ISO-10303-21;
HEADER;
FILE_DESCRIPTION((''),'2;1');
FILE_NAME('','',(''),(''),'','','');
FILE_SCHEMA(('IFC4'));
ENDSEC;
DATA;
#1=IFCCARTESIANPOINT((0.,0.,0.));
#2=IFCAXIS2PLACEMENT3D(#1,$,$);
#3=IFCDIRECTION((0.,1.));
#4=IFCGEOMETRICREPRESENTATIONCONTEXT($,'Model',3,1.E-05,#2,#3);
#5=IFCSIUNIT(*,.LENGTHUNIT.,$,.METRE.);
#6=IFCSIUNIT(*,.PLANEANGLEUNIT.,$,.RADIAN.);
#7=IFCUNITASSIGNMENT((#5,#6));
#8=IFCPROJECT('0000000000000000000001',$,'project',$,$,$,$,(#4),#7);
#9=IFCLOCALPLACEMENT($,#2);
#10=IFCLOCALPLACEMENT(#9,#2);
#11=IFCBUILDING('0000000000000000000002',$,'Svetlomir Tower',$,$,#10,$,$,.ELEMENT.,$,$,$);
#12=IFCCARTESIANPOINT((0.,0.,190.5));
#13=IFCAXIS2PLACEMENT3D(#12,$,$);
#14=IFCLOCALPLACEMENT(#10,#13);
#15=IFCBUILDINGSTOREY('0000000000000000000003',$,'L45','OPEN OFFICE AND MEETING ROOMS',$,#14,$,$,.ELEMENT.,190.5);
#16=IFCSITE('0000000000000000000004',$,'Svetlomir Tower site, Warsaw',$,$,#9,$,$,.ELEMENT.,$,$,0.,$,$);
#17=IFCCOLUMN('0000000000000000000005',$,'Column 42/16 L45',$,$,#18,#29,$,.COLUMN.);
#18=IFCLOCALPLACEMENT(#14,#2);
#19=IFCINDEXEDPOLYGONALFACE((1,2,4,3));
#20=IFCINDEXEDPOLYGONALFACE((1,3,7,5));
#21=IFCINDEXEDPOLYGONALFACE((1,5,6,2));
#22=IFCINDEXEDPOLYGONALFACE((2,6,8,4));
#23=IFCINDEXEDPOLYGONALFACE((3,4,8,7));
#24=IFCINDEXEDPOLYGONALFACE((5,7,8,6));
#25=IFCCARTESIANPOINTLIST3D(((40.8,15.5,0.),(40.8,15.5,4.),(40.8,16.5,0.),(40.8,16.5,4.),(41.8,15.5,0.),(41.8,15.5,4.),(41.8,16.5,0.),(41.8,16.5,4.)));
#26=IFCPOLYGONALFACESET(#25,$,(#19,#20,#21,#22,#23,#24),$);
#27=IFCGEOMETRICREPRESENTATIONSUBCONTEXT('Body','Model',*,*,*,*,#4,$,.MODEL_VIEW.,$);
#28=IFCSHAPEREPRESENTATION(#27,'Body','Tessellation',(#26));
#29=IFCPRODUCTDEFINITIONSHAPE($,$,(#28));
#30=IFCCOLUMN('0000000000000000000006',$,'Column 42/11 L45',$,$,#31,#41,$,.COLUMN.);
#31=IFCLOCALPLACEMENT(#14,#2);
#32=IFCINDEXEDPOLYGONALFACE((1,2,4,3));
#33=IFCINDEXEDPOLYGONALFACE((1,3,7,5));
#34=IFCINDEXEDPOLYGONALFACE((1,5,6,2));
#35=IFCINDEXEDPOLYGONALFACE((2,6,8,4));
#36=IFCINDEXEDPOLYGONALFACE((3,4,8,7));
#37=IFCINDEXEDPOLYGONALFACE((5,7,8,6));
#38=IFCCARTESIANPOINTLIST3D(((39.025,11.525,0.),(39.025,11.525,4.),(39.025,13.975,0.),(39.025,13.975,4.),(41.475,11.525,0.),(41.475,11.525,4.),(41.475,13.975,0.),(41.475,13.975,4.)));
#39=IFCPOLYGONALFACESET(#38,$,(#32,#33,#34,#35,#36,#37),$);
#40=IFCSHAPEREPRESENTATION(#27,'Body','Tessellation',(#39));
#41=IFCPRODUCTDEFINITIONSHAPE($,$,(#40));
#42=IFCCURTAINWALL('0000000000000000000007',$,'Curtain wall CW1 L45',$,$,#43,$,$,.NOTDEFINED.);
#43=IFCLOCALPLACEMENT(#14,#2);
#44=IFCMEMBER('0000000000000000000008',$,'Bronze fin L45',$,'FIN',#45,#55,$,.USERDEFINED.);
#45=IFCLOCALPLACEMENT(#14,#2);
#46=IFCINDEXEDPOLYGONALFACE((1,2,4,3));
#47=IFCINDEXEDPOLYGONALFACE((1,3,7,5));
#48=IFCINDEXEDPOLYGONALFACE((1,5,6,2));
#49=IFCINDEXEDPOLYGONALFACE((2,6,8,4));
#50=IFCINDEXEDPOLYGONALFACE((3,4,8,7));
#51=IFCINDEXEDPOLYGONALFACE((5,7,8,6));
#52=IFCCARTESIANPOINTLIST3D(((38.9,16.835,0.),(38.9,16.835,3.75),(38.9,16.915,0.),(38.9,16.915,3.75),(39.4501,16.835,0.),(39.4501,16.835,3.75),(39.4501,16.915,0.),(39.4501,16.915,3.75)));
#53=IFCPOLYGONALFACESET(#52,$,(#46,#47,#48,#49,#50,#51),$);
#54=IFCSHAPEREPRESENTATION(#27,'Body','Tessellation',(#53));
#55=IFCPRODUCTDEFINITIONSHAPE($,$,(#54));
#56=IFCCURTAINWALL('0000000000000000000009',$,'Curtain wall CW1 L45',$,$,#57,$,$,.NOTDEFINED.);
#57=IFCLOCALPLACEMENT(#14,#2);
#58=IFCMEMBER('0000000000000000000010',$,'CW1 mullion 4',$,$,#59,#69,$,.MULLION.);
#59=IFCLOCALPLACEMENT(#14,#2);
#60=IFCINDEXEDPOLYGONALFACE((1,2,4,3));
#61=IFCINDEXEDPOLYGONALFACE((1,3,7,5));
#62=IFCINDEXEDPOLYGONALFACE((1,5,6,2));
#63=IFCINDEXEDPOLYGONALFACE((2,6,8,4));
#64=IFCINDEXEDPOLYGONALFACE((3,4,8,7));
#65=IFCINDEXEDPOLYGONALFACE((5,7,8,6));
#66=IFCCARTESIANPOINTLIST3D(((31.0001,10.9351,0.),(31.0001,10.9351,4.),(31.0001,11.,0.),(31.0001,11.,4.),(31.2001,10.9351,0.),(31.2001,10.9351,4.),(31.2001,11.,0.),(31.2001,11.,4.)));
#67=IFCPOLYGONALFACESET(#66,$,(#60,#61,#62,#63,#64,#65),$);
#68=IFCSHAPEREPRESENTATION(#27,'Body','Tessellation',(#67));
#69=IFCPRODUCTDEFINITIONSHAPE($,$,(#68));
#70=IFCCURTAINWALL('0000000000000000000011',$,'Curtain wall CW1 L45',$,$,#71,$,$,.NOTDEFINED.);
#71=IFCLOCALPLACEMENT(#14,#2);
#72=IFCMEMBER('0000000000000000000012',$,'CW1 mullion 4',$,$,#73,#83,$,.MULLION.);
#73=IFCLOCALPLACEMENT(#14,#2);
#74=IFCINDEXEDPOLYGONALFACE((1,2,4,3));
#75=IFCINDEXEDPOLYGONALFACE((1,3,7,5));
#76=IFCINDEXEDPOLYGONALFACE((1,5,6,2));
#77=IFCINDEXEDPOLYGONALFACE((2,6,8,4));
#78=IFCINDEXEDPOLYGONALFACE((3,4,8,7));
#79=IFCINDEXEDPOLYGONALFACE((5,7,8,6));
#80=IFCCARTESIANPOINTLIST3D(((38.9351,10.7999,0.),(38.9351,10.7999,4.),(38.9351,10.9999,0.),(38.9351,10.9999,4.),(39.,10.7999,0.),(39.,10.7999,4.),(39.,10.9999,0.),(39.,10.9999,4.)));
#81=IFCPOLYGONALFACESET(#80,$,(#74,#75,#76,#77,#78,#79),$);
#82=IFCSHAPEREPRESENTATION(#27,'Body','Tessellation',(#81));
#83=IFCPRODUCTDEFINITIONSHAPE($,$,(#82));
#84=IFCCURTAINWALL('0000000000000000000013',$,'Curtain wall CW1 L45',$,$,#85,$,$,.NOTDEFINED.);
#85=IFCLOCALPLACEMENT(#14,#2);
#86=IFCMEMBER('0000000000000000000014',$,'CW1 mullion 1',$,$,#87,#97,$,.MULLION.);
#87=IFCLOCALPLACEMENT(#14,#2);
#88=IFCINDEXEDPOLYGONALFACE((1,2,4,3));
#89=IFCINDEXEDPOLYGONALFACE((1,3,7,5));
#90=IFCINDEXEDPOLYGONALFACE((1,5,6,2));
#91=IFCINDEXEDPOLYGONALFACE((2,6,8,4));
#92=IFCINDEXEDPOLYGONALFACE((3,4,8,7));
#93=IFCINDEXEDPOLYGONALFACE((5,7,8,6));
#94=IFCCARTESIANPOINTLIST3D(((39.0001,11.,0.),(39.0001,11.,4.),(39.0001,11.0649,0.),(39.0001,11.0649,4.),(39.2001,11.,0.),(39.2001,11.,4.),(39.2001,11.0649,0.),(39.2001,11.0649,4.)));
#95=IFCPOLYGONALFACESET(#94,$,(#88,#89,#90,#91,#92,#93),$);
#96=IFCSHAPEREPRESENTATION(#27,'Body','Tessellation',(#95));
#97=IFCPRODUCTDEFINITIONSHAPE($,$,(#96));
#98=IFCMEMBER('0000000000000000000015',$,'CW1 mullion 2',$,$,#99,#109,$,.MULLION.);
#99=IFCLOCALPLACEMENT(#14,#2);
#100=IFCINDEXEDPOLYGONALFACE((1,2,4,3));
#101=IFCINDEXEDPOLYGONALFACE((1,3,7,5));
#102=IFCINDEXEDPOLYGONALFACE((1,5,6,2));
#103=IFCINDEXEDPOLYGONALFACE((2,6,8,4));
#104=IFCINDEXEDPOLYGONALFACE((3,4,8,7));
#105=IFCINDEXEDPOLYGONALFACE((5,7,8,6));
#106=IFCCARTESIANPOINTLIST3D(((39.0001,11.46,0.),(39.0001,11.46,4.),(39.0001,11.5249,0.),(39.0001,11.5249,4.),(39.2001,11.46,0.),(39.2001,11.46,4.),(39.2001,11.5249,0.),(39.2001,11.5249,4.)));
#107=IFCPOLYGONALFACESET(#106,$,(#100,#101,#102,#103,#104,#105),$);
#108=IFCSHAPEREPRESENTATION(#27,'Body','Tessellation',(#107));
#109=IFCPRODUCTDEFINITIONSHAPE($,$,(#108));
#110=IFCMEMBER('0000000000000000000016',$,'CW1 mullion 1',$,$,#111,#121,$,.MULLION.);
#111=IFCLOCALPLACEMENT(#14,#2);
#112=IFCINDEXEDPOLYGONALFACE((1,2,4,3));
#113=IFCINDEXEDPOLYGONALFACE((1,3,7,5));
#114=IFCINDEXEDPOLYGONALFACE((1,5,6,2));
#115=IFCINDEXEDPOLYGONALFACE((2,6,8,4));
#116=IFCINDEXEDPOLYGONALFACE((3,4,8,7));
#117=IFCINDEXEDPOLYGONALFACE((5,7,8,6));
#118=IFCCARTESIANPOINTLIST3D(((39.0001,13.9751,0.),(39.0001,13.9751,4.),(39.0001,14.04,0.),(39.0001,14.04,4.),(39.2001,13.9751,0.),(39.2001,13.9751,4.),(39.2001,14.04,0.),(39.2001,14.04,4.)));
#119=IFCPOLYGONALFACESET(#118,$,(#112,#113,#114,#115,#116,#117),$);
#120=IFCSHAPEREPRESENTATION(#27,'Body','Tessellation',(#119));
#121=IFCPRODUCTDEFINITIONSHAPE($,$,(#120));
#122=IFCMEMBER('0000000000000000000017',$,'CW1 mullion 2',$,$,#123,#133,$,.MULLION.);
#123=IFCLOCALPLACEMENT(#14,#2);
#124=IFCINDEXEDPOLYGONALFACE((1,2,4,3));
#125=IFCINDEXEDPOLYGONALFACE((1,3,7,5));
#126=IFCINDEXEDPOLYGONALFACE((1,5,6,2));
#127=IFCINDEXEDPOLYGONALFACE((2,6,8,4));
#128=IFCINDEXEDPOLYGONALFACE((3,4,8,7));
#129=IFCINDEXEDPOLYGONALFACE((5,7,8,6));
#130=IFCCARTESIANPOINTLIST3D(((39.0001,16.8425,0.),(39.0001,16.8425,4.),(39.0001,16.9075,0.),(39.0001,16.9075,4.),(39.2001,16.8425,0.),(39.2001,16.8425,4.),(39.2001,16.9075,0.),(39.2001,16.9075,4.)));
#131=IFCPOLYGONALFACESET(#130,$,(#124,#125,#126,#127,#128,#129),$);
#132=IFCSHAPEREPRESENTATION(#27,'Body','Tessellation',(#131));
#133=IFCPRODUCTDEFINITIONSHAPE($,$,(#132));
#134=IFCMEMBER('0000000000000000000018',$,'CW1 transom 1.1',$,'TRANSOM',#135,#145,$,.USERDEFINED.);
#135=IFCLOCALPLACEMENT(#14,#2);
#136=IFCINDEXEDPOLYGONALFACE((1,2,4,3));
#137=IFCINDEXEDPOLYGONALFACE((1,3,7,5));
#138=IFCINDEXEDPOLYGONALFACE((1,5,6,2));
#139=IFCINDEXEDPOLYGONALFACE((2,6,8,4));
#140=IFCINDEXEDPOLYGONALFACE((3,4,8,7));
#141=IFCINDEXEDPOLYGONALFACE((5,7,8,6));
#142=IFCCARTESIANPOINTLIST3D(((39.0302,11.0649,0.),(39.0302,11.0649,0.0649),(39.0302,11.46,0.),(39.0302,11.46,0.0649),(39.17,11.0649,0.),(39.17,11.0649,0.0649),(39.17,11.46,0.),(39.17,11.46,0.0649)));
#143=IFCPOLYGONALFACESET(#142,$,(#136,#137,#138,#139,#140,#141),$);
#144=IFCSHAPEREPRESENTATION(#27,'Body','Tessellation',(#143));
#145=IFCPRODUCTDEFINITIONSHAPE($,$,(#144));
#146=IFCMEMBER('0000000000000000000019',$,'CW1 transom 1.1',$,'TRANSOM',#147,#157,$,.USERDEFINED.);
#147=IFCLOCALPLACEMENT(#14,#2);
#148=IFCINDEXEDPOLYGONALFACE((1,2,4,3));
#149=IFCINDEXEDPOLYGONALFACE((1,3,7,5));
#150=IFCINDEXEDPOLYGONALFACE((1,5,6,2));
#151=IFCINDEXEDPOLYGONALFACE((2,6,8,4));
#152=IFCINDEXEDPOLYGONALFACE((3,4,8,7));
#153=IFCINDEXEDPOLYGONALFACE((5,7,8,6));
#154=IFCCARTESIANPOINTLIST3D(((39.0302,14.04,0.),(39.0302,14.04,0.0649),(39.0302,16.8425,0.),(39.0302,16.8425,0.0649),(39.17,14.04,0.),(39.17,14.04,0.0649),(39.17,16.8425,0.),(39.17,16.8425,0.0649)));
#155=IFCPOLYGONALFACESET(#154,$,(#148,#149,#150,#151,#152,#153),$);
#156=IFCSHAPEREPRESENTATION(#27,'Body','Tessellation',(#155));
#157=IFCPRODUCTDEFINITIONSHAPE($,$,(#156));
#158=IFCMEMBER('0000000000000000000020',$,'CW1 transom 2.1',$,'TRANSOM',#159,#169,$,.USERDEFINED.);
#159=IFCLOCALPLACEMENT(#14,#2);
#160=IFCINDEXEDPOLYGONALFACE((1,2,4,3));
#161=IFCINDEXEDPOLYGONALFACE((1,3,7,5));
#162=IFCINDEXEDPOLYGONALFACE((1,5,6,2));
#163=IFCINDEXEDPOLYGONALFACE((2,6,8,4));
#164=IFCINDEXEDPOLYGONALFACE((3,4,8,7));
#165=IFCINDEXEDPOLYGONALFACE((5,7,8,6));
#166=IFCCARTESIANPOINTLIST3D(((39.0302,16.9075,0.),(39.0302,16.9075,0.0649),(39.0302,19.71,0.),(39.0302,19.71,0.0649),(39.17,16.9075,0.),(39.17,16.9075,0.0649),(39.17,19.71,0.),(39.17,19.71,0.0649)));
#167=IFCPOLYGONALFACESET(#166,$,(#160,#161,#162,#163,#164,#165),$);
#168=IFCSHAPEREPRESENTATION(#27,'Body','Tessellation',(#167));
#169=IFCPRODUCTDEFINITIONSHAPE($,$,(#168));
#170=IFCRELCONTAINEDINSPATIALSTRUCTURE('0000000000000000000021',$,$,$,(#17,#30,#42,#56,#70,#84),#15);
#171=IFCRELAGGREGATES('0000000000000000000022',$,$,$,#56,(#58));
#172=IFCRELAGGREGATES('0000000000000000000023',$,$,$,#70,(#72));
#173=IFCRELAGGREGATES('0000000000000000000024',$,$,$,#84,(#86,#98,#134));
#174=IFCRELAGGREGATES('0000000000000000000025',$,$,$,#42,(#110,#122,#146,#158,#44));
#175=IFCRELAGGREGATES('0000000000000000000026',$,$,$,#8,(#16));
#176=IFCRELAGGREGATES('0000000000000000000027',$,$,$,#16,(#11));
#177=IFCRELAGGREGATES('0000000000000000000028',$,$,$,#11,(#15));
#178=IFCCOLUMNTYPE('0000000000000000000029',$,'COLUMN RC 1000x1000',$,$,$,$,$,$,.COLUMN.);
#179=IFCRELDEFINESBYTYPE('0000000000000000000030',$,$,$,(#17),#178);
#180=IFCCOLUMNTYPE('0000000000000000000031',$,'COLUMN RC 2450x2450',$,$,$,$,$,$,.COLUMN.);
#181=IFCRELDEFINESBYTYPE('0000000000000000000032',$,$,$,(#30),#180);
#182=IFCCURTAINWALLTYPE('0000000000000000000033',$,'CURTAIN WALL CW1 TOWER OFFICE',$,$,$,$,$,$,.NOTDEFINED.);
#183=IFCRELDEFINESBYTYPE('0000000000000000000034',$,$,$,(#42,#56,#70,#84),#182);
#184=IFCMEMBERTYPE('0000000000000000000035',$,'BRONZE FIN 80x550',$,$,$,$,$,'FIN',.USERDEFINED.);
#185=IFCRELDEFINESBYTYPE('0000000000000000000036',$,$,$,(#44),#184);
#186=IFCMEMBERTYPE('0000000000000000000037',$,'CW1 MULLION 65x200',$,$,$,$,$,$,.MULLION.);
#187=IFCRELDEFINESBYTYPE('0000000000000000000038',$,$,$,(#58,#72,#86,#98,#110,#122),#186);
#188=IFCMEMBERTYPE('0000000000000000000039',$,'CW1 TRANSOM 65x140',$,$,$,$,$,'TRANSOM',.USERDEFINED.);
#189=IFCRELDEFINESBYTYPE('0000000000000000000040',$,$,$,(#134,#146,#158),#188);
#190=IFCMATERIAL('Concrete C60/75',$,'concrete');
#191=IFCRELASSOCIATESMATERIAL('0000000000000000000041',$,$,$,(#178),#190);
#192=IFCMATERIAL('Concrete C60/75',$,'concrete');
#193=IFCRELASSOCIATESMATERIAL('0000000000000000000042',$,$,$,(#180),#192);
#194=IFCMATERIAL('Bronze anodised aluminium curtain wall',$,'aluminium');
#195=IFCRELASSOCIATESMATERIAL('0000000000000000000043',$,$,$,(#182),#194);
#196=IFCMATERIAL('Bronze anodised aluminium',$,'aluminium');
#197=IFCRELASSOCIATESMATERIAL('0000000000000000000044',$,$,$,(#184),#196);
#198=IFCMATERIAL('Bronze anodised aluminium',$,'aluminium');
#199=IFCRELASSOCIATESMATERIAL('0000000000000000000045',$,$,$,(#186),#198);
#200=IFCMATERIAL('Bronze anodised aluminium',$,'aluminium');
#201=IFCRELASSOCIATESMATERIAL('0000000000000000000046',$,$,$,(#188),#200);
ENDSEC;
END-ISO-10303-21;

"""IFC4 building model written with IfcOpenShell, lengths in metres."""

from ifc_helpers import new_model, si_unit, direction, frame, origin, origin_2d, place, context, subcontext, project, spatial, rectangle, extrude, material, material_profile, profile_set, type_object, element, aggregate, save


model = new_model("IFC4")

# Units and contexts
model_context = context("Model", 3, precision=1e-05, world=origin(), true_north=direction((0.0, 1.0)))
body_context = subcontext(model_context, "Body", "Model", "MODEL_VIEW")
ifc_project = project(units=[si_unit("LENGTHUNIT", "METRE"), si_unit("PLANEANGLEUNIT", "RADIAN")], contexts=[model_context])

# Site, building, storey
site_placement = place(None, origin())
site = spatial("IfcSite", under=ifc_project, at=site_placement, Name="Svetlomir Tower site, Warsaw", CompositionType="ELEMENT", RefElevation=0.0)
building_placement = place(site_placement, origin())
building = spatial("IfcBuilding", under=site, at=building_placement, Name="Svetlomir Tower", CompositionType="ELEMENT")
storey_placement = place(building_placement, frame((0.0, 0.0, 190.5)))
storey = spatial("IfcBuildingStorey", under=building, at=storey_placement, Name="L45", Description="OPEN OFFICE AND MEETING ROOMS", CompositionType="ELEMENT", Elevation=190.5)

# Columns
ifc_material_1 = material(Name="Concrete C60/75", Category="concrete")
ifc_material_profile_1 = material_profile(ifc_material_1, rectangle(XDim=1.0, YDim=1.0, at=origin_2d()), Name="RC 1000x1000")
ifc_profile_set_1 = profile_set([ifc_material_profile_1], Name="Concrete C60/75")
column_type_1 = type_object("IfcColumnType", Name="COLUMN RC 1000x1000", PredefinedType="COLUMN", material=ifc_profile_set_1)
column_1_placement = place(storey_placement, frame((41.3, 16.0, 0.0), z_axis=(0.0, 0.0, 1.0), x_axis=(1.0, 0.0, 0.0)))
element("IfcColumn", 1, at=column_1_placement, inside=storey, type_object=column_type_1, Name="Column 42/16 L45", PredefinedType="COLUMN", context=body_context, shape_type="SweptSolid", body=[
    extrude(rectangle(XDim=1.0, YDim=1.0, at=origin_2d()), origin(), (0.0, 0.0, 1.0), 4.0),
])
ifc_material_2 = material(Name="Concrete C60/75", Category="concrete")
ifc_material_profile_2 = material_profile(ifc_material_2, rectangle(XDim=2.45, YDim=2.45, at=origin_2d()), Name="RC 2450x2450")
ifc_profile_set_2 = profile_set([ifc_material_profile_2], Name="Concrete C60/75")
column_type_2 = type_object("IfcColumnType", Name="COLUMN RC 2450x2450", PredefinedType="COLUMN", material=ifc_profile_set_2)
column_2_placement = place(storey_placement, frame((40.25, 12.75, 0.0), z_axis=(0.0, 0.0, 1.0), x_axis=(1.0, 0.0, 0.0)))
element("IfcColumn", 2, at=column_2_placement, inside=storey, type_object=column_type_2, Name="Column 42/11 L45", PredefinedType="COLUMN", context=body_context, shape_type="SweptSolid", body=[
    extrude(rectangle(XDim=2.45, YDim=2.45, at=origin_2d()), origin(), (0.0, 0.0, 1.0), 4.0),
])

# Curtain walls, members
ifc_material_3 = material(Name="Bronze anodised aluminium curtain wall", Category="aluminium")
curtain_wall_type = type_object("IfcCurtainWallType", Name="CURTAIN WALL CW1 TOWER OFFICE", PredefinedType="NOTDEFINED", material=ifc_material_3)
curtain_wall_1_placement = place(storey_placement, origin())
curtain_wall_1 = element("IfcCurtainWall", 3, at=curtain_wall_1_placement, inside=storey, type_object=curtain_wall_type, Name="Curtain wall CW1 L45", PredefinedType="NOTDEFINED")
ifc_material_4 = material(Name="Bronze anodised aluminium", Category="aluminium")
ifc_material_profile_3 = material_profile(ifc_material_4, rectangle(XDim=0.0801, YDim=0.55, at=origin_2d()), Name="FIN 80x550")
ifc_profile_set_3 = profile_set([ifc_material_profile_3], Name="Bronze anodised aluminium 6063-T6")
member_type_1 = type_object("IfcMemberType", Name="BRONZE FIN 80x550", ElementType="FIN", PredefinedType="USERDEFINED", material=ifc_profile_set_3)
member_1_placement = place(storey_placement, frame((39.175, 16.875, 0.0), z_axis=(0.0, 0.0, 1.0), x_axis=(0.0, 1.0, 0.0)))
member_1 = element("IfcMember", 4, at=member_1_placement, type_object=member_type_1, Name="Bronze fin L45", ObjectType="FIN", PredefinedType="USERDEFINED", context=body_context, shape_type="SweptSolid", body=[
    extrude(rectangle(XDim=0.0801, YDim=0.55, at=origin_2d()), origin(), (0.0, 0.0, 1.0), 3.75),
])
curtain_wall_2_placement = place(storey_placement, origin())
curtain_wall_2 = element("IfcCurtainWall", 5, at=curtain_wall_2_placement, inside=storey, type_object=curtain_wall_type, Name="Curtain wall CW1 L45", PredefinedType="NOTDEFINED")
ifc_material_5 = material(Name="Bronze anodised aluminium", Category="aluminium")
ifc_material_profile_4 = material_profile(ifc_material_5, rectangle(XDim=0.0649, YDim=0.2, at=origin_2d()), Name="AL 65x200")
ifc_profile_set_4 = profile_set([ifc_material_profile_4], Name="Bronze anodised aluminium 6063-T6")
member_type_2 = type_object("IfcMemberType", Name="CW1 MULLION 65x200", PredefinedType="MULLION", material=ifc_profile_set_4)
member_2_placement = place(storey_placement, frame((31.1001, 10.9675, 0.0), z_axis=(0.0, 0.0, 1.0), x_axis=(0.0, 1.0, 0.0)))
member_2 = element("IfcMember", 6, at=member_2_placement, type_object=member_type_2, Name="CW1 mullion 4", PredefinedType="MULLION", context=body_context, shape_type="SweptSolid", body=[
    extrude(rectangle(XDim=0.0649, YDim=0.2, at=origin_2d()), origin(), (0.0, 0.0, 1.0), 4.0),
])
aggregate(curtain_wall_2, [member_2])
curtain_wall_3_placement = place(storey_placement, origin())
curtain_wall_3 = element("IfcCurtainWall", 7, at=curtain_wall_3_placement, inside=storey, type_object=curtain_wall_type, Name="Curtain wall CW1 L45", PredefinedType="NOTDEFINED")
member_3_placement = place(storey_placement, frame((38.9675, 10.8999, 0.0), z_axis=(0.0, 0.0, 1.0), x_axis=(1.0, 0.0, 0.0)))
member_3 = element("IfcMember", 8, at=member_3_placement, type_object=member_type_2, Name="CW1 mullion 4", PredefinedType="MULLION", context=body_context, shape_type="SweptSolid", body=[
    extrude(rectangle(XDim=0.0649, YDim=0.2, at=origin_2d()), origin(), (0.0, 0.0, 1.0), 4.0),
])
aggregate(curtain_wall_3, [member_3])

# Curtain wall, members
curtain_wall_4_placement = place(storey_placement, origin())
curtain_wall_4 = element("IfcCurtainWall", 9, at=curtain_wall_4_placement, inside=storey, type_object=curtain_wall_type, Name="Curtain wall CW1 L45", PredefinedType="NOTDEFINED")
member_4_placement = place(storey_placement, frame((39.1001, 11.0325, 0.0), z_axis=(0.0, 0.0, 1.0), x_axis=(0.0, 1.0, 0.0)))
member_4 = element("IfcMember", 10, at=member_4_placement, type_object=member_type_2, Name="CW1 mullion 1", PredefinedType="MULLION", context=body_context, shape_type="SweptSolid", body=[
    extrude(rectangle(XDim=0.0649, YDim=0.2, at=origin_2d()), origin(), (0.0, 0.0, 1.0), 4.0),
])
member_5_placement = place(storey_placement, frame((39.1001, 11.4924, 0.0), z_axis=(0.0, 0.0, 1.0), x_axis=(0.0, 1.0, 0.0)))
member_5 = element("IfcMember", 11, at=member_5_placement, type_object=member_type_2, Name="CW1 mullion 2", PredefinedType="MULLION", context=body_context, shape_type="SweptSolid", body=[
    extrude(rectangle(XDim=0.0649, YDim=0.2, at=origin_2d()), origin(), (0.0, 0.0, 1.0), 4.0),
])

# Members
member_6_placement = place(storey_placement, frame((39.1001, 14.0076, 0.0), z_axis=(0.0, 0.0, 1.0), x_axis=(0.0, 1.0, 0.0)))
member_6 = element("IfcMember", 12, at=member_6_placement, type_object=member_type_2, Name="CW1 mullion 1", PredefinedType="MULLION", context=body_context, shape_type="SweptSolid", body=[
    extrude(rectangle(XDim=0.0649, YDim=0.2, at=origin_2d()), origin(), (0.0, 0.0, 1.0), 4.0),
])
member_7_placement = place(storey_placement, frame((39.1001, 16.875, 0.0), z_axis=(0.0, 0.0, 1.0), x_axis=(0.0, 1.0, 0.0)))
member_7 = element("IfcMember", 13, at=member_7_placement, type_object=member_type_2, Name="CW1 mullion 2", PredefinedType="MULLION", context=body_context, shape_type="SweptSolid", body=[
    extrude(rectangle(XDim=0.0649, YDim=0.2, at=origin_2d()), origin(), (0.0, 0.0, 1.0), 4.0),
])
ifc_material_6 = material(Name="Bronze anodised aluminium", Category="aluminium")
ifc_material_profile_5 = material_profile(ifc_material_6, rectangle(XDim=0.1399, YDim=0.0649, at=origin_2d()), Name="AL 140x65")
ifc_profile_set_5 = profile_set([ifc_material_profile_5], Name="Bronze anodised aluminium 6063-T6")
member_type_3 = type_object("IfcMemberType", Name="CW1 TRANSOM 65x140", ElementType="TRANSOM", PredefinedType="USERDEFINED", material=ifc_profile_set_5)
member_8_placement = place(storey_placement, frame((39.1001, 11.0649, 0.0325), z_axis=(0.0, 1.0, 0.0), x_axis=(-1.0, 0.0, 0.0)))
member_8 = element("IfcMember", 14, at=member_8_placement, type_object=member_type_3, Name="CW1 transom 1.1", ObjectType="TRANSOM", PredefinedType="USERDEFINED", context=body_context, shape_type="SweptSolid", body=[
    extrude(rectangle(XDim=0.1399, YDim=0.0649, at=origin_2d()), origin(), (0.0, 0.0, 1.0), 0.395),
])
member_9_placement = place(storey_placement, frame((39.1001, 14.04, 0.0325), z_axis=(0.0, 1.0, 0.0), x_axis=(-1.0, 0.0, 0.0)))
member_9 = element("IfcMember", 15, at=member_9_placement, type_object=member_type_3, Name="CW1 transom 1.1", ObjectType="TRANSOM", PredefinedType="USERDEFINED", context=body_context, shape_type="SweptSolid", body=[
    extrude(rectangle(XDim=0.1399, YDim=0.0649, at=origin_2d()), origin(), (0.0, 0.0, 1.0), 2.8025),
])
member_10_placement = place(storey_placement, frame((39.1001, 16.9075, 0.0325), z_axis=(0.0, 1.0, 0.0), x_axis=(-1.0, 0.0, 0.0)))
member_10 = element("IfcMember", 16, at=member_10_placement, type_object=member_type_3, Name="CW1 transom 2.1", ObjectType="TRANSOM", PredefinedType="USERDEFINED", context=body_context, shape_type="SweptSolid", body=[
    extrude(rectangle(XDim=0.1399, YDim=0.0649, at=origin_2d()), origin(), (0.0, 0.0, 1.0), 2.8025),
])

aggregate(curtain_wall_4, [member_4, member_5, member_8])
aggregate(curtain_wall_1, [member_6, member_7, member_9, member_10, member_1])

save(model, "model.ifc")
